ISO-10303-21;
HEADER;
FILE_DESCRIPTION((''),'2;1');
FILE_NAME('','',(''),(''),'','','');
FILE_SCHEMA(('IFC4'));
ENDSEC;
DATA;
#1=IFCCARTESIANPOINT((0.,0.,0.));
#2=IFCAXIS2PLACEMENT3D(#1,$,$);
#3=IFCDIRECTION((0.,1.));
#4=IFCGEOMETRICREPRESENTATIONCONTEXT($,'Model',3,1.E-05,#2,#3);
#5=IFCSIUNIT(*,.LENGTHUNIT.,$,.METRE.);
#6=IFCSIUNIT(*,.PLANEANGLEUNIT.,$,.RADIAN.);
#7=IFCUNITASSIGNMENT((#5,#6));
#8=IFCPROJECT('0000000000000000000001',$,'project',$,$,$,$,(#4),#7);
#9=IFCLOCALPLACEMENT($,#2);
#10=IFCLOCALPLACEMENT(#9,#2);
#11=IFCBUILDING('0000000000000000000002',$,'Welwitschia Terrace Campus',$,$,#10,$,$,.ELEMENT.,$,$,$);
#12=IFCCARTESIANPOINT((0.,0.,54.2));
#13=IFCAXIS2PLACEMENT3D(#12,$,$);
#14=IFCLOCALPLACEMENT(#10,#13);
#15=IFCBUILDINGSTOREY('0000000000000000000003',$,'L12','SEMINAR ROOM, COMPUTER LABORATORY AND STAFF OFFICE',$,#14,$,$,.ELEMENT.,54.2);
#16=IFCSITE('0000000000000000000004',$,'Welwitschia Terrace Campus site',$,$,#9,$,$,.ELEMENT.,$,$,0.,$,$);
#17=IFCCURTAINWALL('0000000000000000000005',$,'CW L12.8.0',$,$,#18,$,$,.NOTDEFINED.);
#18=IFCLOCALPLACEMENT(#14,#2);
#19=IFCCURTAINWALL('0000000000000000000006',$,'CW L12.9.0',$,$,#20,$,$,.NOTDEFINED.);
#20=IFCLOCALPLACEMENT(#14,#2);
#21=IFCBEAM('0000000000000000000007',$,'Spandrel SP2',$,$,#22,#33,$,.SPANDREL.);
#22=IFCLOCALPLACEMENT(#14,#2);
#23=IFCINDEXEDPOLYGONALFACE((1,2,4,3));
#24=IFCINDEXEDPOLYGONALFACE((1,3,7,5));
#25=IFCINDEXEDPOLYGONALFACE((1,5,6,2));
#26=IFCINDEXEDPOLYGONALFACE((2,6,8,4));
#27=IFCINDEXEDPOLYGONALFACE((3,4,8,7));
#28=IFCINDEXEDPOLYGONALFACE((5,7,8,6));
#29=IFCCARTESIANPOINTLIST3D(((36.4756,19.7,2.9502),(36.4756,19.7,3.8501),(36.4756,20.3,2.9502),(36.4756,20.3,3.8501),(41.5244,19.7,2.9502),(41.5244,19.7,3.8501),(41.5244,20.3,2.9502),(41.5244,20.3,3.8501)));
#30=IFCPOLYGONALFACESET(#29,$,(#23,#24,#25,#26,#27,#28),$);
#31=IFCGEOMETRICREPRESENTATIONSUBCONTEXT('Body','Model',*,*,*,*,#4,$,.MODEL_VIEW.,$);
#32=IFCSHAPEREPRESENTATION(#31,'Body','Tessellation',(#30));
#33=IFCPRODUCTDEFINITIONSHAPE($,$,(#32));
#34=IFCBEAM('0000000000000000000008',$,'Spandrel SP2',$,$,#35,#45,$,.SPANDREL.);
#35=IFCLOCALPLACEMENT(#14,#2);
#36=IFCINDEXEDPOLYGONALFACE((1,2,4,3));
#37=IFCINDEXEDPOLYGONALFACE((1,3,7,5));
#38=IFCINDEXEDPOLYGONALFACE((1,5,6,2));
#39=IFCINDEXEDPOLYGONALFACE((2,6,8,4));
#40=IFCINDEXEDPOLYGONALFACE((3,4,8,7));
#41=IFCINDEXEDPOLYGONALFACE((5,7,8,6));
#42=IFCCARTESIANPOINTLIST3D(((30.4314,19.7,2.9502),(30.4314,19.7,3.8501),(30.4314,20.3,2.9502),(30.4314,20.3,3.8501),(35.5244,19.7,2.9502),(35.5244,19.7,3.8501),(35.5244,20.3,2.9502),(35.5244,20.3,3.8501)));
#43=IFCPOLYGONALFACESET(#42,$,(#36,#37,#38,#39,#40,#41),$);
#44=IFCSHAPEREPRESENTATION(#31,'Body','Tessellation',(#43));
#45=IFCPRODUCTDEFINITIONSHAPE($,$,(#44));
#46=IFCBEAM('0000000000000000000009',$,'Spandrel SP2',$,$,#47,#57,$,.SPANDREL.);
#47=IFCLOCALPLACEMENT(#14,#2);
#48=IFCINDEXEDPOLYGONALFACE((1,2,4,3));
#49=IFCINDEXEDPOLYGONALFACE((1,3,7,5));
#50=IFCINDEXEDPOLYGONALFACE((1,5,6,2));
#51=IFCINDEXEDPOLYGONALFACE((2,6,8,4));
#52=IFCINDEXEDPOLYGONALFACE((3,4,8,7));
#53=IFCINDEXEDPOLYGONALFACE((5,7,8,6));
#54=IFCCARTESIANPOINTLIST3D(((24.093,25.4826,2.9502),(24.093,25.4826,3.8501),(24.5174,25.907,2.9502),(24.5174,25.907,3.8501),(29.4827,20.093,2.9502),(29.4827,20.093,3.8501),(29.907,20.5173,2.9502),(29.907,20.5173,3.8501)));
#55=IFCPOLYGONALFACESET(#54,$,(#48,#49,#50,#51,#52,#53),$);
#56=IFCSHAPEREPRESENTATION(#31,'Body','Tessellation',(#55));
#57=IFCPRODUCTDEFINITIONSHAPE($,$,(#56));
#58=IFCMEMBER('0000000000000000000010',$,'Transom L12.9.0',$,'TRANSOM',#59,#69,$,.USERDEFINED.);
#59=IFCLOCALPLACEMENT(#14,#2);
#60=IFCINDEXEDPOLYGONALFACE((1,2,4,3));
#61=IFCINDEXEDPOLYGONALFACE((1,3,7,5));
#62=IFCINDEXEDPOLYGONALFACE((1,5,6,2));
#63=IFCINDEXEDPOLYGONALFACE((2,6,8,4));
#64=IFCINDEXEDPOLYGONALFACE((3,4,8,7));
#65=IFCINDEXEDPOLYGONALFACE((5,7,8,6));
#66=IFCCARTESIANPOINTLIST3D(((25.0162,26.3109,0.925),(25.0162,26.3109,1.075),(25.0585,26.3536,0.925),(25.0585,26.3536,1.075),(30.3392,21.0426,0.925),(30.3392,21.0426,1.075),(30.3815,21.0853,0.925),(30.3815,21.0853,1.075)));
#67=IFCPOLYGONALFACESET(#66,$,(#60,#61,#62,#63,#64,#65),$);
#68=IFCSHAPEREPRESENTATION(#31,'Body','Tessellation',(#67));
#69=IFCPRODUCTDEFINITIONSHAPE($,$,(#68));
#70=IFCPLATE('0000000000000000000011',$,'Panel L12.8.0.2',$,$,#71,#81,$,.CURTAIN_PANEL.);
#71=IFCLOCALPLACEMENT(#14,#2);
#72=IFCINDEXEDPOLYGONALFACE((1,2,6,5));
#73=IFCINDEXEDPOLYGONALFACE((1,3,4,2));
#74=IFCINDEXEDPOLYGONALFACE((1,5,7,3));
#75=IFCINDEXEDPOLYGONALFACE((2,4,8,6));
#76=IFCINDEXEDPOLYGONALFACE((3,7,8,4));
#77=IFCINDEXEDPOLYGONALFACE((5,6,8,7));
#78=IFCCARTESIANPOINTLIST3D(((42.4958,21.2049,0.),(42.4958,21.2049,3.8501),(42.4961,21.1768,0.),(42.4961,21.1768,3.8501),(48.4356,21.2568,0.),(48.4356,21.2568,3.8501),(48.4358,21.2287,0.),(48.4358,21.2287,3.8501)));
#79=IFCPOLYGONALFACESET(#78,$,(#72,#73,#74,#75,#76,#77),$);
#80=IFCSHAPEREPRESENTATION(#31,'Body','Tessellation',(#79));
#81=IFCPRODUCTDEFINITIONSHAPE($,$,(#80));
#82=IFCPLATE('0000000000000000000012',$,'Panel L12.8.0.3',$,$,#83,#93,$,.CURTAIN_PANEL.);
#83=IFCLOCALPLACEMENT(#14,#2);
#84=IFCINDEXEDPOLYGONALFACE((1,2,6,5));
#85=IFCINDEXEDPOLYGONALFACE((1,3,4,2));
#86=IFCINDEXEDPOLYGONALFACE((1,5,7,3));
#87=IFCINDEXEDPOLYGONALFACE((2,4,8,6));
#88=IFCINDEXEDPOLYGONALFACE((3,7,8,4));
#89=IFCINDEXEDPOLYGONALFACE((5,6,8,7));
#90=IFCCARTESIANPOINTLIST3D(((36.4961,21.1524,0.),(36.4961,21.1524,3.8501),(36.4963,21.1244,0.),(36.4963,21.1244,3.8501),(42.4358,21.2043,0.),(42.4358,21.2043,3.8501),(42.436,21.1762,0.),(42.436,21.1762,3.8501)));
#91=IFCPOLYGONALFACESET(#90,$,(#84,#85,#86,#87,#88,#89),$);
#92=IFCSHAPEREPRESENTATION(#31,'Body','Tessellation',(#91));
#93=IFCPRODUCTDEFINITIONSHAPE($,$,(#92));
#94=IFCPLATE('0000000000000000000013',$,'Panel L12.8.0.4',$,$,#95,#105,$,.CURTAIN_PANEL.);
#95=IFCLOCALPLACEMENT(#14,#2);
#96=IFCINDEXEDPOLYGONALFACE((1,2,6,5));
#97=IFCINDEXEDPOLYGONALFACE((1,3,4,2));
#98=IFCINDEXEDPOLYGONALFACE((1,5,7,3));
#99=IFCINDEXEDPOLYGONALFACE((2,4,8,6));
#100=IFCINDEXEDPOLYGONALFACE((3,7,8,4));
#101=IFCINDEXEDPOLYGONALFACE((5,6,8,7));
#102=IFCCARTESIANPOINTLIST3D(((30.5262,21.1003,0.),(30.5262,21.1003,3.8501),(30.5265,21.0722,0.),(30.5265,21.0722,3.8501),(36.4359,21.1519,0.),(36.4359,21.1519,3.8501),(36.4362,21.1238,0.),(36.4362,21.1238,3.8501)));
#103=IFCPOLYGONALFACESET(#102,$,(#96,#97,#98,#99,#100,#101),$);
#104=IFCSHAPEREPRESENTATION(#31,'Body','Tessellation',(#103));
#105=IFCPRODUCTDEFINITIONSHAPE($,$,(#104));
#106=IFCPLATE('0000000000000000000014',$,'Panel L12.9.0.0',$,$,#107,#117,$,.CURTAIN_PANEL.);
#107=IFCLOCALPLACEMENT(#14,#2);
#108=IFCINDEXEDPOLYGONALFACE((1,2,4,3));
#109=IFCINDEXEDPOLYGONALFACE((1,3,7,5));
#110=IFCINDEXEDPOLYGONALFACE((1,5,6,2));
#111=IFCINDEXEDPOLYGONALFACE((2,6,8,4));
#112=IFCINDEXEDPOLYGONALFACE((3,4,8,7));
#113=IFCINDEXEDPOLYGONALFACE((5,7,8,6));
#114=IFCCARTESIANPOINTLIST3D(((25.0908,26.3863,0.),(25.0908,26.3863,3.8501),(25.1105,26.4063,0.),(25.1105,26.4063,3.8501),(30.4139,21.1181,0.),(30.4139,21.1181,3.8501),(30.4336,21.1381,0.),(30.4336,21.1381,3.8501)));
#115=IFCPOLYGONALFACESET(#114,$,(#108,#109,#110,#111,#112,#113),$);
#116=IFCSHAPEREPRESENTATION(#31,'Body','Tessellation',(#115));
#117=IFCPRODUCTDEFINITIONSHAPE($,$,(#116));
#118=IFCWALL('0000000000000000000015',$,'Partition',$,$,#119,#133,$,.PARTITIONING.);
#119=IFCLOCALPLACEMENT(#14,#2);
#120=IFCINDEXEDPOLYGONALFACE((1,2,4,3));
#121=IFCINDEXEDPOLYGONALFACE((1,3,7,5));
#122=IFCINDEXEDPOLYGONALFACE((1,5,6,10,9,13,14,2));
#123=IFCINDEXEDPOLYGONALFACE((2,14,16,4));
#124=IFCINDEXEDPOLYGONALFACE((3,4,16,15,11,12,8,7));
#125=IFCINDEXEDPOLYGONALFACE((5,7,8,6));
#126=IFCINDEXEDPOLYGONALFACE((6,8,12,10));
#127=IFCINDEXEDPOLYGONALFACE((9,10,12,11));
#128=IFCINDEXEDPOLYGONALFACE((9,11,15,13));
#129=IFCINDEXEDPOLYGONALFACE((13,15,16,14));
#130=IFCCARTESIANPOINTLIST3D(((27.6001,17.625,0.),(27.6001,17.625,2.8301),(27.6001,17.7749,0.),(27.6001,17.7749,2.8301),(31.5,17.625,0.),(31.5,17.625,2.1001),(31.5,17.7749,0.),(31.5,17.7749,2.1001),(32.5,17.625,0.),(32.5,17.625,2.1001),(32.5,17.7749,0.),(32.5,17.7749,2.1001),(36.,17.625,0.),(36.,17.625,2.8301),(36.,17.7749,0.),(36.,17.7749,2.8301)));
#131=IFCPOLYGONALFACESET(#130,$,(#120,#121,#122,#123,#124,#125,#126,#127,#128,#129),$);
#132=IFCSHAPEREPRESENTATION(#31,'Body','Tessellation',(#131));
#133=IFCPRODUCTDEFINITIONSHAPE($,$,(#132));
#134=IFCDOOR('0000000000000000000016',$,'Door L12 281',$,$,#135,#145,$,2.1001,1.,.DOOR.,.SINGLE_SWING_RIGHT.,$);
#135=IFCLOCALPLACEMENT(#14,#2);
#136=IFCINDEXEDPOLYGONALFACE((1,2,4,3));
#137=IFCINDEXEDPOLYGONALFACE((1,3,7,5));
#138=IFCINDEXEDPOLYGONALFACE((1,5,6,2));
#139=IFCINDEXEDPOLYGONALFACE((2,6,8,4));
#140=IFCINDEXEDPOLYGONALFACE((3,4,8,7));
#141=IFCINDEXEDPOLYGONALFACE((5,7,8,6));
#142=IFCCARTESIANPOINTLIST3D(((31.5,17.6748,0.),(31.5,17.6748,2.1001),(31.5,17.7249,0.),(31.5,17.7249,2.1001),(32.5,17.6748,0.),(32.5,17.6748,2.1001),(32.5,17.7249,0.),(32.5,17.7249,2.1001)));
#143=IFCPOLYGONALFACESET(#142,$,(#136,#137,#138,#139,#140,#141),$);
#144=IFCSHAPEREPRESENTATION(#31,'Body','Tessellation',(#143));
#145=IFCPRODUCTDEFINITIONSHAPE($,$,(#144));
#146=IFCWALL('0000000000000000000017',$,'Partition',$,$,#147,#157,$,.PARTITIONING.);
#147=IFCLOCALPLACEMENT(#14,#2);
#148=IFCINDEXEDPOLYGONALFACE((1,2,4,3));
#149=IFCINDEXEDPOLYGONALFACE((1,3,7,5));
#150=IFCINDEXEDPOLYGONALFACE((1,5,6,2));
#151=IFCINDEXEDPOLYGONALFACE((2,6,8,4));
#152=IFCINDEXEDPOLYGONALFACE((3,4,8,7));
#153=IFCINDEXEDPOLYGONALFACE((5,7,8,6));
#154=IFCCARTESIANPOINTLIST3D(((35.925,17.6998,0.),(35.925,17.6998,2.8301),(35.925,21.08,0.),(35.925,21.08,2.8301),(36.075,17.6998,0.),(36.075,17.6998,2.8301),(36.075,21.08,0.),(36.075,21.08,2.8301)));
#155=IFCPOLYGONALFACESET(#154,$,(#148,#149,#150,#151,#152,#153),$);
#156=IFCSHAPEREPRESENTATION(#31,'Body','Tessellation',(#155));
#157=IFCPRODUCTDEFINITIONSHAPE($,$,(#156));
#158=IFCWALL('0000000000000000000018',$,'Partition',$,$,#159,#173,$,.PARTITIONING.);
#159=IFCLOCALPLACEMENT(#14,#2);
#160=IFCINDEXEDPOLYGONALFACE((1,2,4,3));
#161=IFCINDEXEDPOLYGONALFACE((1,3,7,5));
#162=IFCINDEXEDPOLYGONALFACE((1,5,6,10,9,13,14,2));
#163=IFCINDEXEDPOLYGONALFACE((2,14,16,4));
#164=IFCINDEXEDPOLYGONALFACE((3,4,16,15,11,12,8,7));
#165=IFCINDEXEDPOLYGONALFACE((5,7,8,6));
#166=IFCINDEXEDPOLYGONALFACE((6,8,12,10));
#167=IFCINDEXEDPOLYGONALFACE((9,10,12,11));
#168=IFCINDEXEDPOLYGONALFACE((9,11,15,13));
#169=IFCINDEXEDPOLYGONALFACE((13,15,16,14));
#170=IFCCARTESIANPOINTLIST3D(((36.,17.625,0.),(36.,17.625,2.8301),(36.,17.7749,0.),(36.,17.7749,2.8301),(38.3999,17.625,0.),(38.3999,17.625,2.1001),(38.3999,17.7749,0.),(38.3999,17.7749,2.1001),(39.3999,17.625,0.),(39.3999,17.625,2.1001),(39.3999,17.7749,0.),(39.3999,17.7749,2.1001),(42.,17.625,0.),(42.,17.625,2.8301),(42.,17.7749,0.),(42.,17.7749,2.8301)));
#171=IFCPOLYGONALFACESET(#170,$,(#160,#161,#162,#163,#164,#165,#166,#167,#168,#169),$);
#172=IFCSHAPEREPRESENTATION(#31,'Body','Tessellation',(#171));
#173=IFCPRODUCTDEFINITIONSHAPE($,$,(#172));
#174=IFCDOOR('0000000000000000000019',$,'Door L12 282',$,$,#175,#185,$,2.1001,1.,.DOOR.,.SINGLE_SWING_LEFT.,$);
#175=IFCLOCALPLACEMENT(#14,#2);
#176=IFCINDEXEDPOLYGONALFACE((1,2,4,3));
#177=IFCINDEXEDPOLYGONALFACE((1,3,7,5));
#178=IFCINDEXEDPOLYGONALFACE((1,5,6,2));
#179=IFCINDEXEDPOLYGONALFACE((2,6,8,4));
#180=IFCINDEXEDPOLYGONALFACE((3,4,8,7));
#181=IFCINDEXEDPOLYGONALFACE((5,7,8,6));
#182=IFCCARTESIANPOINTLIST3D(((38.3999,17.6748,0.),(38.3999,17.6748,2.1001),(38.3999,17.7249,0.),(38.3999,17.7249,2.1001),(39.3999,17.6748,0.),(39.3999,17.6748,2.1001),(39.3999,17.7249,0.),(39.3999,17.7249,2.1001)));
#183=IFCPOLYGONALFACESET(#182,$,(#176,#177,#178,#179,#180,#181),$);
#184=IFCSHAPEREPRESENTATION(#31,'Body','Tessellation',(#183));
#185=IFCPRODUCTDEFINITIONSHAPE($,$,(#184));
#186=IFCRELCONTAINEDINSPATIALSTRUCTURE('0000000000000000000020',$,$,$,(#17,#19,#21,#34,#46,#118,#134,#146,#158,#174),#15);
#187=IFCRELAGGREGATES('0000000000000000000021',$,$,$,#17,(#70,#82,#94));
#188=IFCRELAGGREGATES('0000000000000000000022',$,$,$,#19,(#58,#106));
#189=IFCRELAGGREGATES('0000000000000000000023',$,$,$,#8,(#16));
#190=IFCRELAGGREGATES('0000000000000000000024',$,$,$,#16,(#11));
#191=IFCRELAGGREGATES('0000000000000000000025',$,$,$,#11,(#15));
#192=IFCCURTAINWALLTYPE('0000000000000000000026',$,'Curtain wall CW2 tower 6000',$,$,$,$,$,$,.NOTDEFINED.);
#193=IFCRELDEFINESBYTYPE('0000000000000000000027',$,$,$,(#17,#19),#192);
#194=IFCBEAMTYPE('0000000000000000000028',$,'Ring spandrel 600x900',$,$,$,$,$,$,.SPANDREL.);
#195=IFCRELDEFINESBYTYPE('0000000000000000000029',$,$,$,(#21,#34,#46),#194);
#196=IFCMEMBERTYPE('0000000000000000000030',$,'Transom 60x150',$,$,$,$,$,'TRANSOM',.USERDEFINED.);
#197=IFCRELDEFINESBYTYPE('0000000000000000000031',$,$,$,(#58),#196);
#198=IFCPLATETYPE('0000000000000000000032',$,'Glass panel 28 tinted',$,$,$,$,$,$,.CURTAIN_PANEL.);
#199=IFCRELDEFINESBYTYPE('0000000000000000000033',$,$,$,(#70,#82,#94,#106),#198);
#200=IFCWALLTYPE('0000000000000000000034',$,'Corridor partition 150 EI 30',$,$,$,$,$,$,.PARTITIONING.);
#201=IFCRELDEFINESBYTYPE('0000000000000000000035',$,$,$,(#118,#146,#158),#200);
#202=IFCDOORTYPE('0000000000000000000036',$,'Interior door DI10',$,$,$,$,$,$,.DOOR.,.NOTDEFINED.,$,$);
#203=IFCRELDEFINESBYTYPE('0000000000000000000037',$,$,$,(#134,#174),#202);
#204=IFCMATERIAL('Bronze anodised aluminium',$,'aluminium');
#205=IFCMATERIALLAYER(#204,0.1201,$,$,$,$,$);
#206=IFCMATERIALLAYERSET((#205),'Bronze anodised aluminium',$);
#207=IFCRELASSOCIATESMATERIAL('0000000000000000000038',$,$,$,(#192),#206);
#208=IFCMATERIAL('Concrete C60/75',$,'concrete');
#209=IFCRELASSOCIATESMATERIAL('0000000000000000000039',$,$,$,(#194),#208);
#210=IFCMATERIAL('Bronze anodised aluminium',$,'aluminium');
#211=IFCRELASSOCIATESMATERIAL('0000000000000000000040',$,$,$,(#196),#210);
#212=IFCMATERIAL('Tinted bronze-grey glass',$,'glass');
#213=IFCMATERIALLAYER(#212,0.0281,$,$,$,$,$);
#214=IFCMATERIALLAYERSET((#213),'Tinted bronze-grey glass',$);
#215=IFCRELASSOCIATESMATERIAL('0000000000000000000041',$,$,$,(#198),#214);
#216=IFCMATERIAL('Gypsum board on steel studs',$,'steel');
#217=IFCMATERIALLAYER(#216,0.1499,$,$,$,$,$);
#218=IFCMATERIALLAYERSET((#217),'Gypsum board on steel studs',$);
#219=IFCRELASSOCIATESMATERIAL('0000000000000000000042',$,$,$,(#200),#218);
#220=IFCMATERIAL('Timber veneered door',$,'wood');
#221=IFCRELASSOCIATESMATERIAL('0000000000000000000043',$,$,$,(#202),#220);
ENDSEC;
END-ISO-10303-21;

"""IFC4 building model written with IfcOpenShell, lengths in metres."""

from ifc_helpers import new_model, si_unit, direction, frame, frame_2d, origin, origin_2d, place, context, subcontext, project, spatial, rectangle, extrude, material, layer, layer_set, material_profile, profile_set, type_object, element, fill, aggregate, save


model = new_model("IFC4")

# Units and contexts
model_context = context("Model", 3, precision=1e-05, world=origin(), true_north=direction((0.0, 1.0)))
body_context = subcontext(model_context, "Body", "Model", "MODEL_VIEW")
ifc_project = project(units=[si_unit("LENGTHUNIT", "METRE"), si_unit("PLANEANGLEUNIT", "RADIAN")], contexts=[model_context])

# Site, building, storey
site_placement = place(None, origin())
site = spatial("IfcSite", under=ifc_project, at=site_placement, Name="Welwitschia Terrace Campus site", CompositionType="ELEMENT", RefElevation=0.0)
building_placement = place(site_placement, origin())
building = spatial("IfcBuilding", under=site, at=building_placement, Name="Welwitschia Terrace Campus", CompositionType="ELEMENT")
storey_placement = place(building_placement, frame((0.0, 0.0, 54.2)))
storey = spatial("IfcBuildingStorey", under=building, at=storey_placement, Name="L12", Description="SEMINAR ROOM, COMPUTER LABORATORY AND STAFF OFFICE", CompositionType="ELEMENT", Elevation=54.2)

# Curtain wall
ifc_material_1 = material(Name="Bronze anodised aluminium", Category="aluminium")
ifc_layer_1 = layer(ifc_material_1, 0.1201)
ifc_layer_set_1 = layer_set([ifc_layer_1], Name="Bronze anodised aluminium")
curtain_wall_type = type_object("IfcCurtainWallType", Name="Curtain wall CW2 tower 6000", PredefinedType="NOTDEFINED", material=ifc_layer_set_1)
curtain_wall_1_placement = place(storey_placement, origin())
curtain_wall_1 = element("IfcCurtainWall", 1, at=curtain_wall_1_placement, inside=storey, type_object=curtain_wall_type, Name="CW L12.8.0", PredefinedType="NOTDEFINED")

# Curtain wall
curtain_wall_2_placement = place(storey_placement, origin())
curtain_wall_2 = element("IfcCurtainWall", 2, at=curtain_wall_2_placement, inside=storey, type_object=curtain_wall_type, Name="CW L12.9.0", PredefinedType="NOTDEFINED")

# Beams
ifc_material_2 = material(Name="Concrete C60/75", Category="concrete")
ifc_material_profile_1 = material_profile(ifc_material_2, rectangle(XDim=0.6001, YDim=0.8999, at=origin_2d()))
ifc_profile_set_1 = profile_set([ifc_material_profile_1], Name="Concrete C60/75")
beam_type_1 = type_object("IfcBeamType", Name="Ring spandrel 600x900", PredefinedType="SPANDREL", material=ifc_profile_set_1)
for number, where, z_axis, x_axis, name in (
    (3, (41.5244, 20.0, 3.4001), (-1.0, 0.0, 0.0), (0.0, -1.0, 0.0), "Spandrel SP2"),
):
    element("IfcBeam", number, at=place(storey_placement, frame(where, z_axis=z_axis, x_axis=x_axis)), inside=storey, type_object=beam_type_1, Name=name, PredefinedType="SPANDREL", context=body_context, shape_type="SweptSolid", body=[
        extrude(rectangle(XDim=0.6001, YDim=0.8999, at=origin_2d()), origin(), (0.0, 0.0, 1.0), 5.0488),
    ])
beam_1_placement = place(storey_placement, frame((35.5244, 20.0, 3.4001), z_axis=(-1.0, 0.0, 0.0), x_axis=(0.0, -1.0, 0.0)))
element("IfcBeam", 4, at=beam_1_placement, inside=storey, type_object=beam_type_1, Name="Spandrel SP2", PredefinedType="SPANDREL", context=body_context, shape_type="SweptSolid", body=[
    extrude(rectangle(XDim=0.6001, YDim=0.8999, at=origin_2d()), origin(), (0.0, 0.0, 1.0), 5.093),
])
beam_2_placement = place(storey_placement, frame((29.6948, 20.3052, 3.4001), z_axis=(-0.707107, 0.707107, 0.0), x_axis=(-0.707107, -0.707107, 0.0)))
element("IfcBeam", 5, at=beam_2_placement, inside=storey, type_object=beam_type_1, Name="Spandrel SP2", PredefinedType="SPANDREL", context=body_context, shape_type="SweptSolid", body=[
    extrude(rectangle(XDim=0.6001, YDim=0.8999, at=origin_2d()), origin(), (0.0, 0.0, 1.0), 7.6221),
])

# Member
ifc_material_3 = material(Name="Bronze anodised aluminium", Category="aluminium")
ifc_material_profile_2 = material_profile(ifc_material_3, rectangle(XDim=0.0601, YDim=0.1499, at=origin_2d()))
ifc_profile_set_2 = profile_set([ifc_material_profile_2], Name="Bronze anodised aluminium")
member_type_1 = type_object("IfcMemberType", Name="Transom 60x150", ElementType="TRANSOM", PredefinedType="USERDEFINED", material=ifc_profile_set_2)
member_1_placement = place(storey_placement, frame((30.3604, 21.064, 1.0), z_axis=(-0.710748, 0.703446, 0.0), x_axis=(-0.703446, -0.710748, 0.0)))
member_1 = element("IfcMember", 6, at=member_1_placement, type_object=member_type_1, Name="Transom L12.9.0", ObjectType="TRANSOM", PredefinedType="USERDEFINED", context=body_context, shape_type="SweptSolid", body=[
    extrude(rectangle(XDim=0.0601, YDim=0.1499, at=origin_2d()), origin(), (0.0, 0.0, 1.0), 7.4893),
])

# Plates
ifc_material_4 = material(Name="Tinted bronze-grey glass", Category="glass")
ifc_layer_2 = layer(ifc_material_4, 0.0281)
ifc_layer_set_2 = layer_set([ifc_layer_2], Name="Tinted bronze-grey glass")
plate_type = type_object("IfcPlateType", Name="Glass panel 28 tinted", PredefinedType="CURTAIN_PANEL", material=ifc_layer_set_2)
plate_1_placement = place(storey_placement, frame((45.4658, 21.2168, 0.0), z_axis=(0.0, 0.0, 1.0), x_axis=(-0.999962, -0.008727, 0.0)))
plate_1 = element("IfcPlate", 7, at=plate_1_placement, type_object=plate_type, Name="Panel L12.8.0.2", PredefinedType="CURTAIN_PANEL", context=body_context, shape_type="SweptSolid", body=[
    extrude(rectangle(XDim=5.9399, YDim=0.0281, at=origin_2d()), origin(), (0.0, 0.0, 1.0), 3.8501),
])
plate_2_placement = place(storey_placement, frame((39.4661, 21.1643, 0.0), z_axis=(0.0, 0.0, 1.0), x_axis=(-0.999962, -0.008727, 0.0)))
plate_2 = element("IfcPlate", 8, at=plate_2_placement, type_object=plate_type, Name="Panel L12.8.0.3", PredefinedType="CURTAIN_PANEL", context=body_context, shape_type="SweptSolid", body=[
    extrude(rectangle(XDim=5.9399, YDim=0.0281, at=origin_2d()), origin(), (0.0, 0.0, 1.0), 3.8501),
])
plate_3_placement = place(storey_placement, frame((33.4812, 21.1121, 0.0), z_axis=(0.0, 0.0, 1.0), x_axis=(-0.999962, -0.008727, 0.0)))
plate_3 = element("IfcPlate", 9, at=plate_3_placement, type_object=plate_type, Name="Panel L12.8.0.4", PredefinedType="CURTAIN_PANEL", context=body_context, shape_type="SweptSolid", body=[
    extrude(rectangle(XDim=5.9099, YDim=0.0281, at=origin_2d()), origin(), (0.0, 0.0, 1.0), 3.8501),
])
aggregate(curtain_wall_1, [plate_1, plate_2, plate_3])
plate_4_placement = place(storey_placement, frame((27.7622, 23.7622, 0.0), z_axis=(0.0, 0.0, 1.0), x_axis=(-0.710762, 0.703433, 0.0)))
plate_4 = element("IfcPlate", 10, at=plate_4_placement, type_object=plate_type, Name="Panel L12.9.0.0", PredefinedType="CURTAIN_PANEL", context=body_context, shape_type="SweptSolid", body=[
    extrude(rectangle(XDim=7.4893, YDim=0.0281, at=origin_2d()), origin(), (0.0, 0.0, 1.0), 3.8501),
])
aggregate(curtain_wall_2, [member_1, plate_4])

# Wall, opening, door
ifc_material_5 = material(Name="Gypsum board on steel studs", Category="steel")
ifc_layer_3 = layer(ifc_material_5, 0.1499)
ifc_layer_set_3 = layer_set([ifc_layer_3], Name="Gypsum board on steel studs")
wall_type = type_object("IfcWallType", Name="Corridor partition 150 EI 30", PredefinedType="PARTITIONING", material=ifc_layer_set_3)
wall_1_placement = place(storey_placement, frame((27.6001, 17.7, 0.0), z_axis=(0.0, 0.0, 1.0), x_axis=(1.0, 0.0, 0.0)))
wall_1 = element("IfcWall", 11, at=wall_1_placement, inside=storey, type_object=wall_type, Name="Partition", PredefinedType="PARTITIONING", context=body_context, shape_type="SweptSolid", body=[
    extrude(rectangle(XDim=8.3999, YDim=0.1499, at=frame_2d((4.2, 0.0))), origin(), (0.0, 0.0, 1.0), 2.8301),
])
opening_1_placement = place(wall_1_placement, frame((3.8999, 0.0, 0.0)))
opening_1 = element("IfcOpeningElement", 12, at=opening_1_placement, cuts=wall_1, PredefinedType="OPENING", context=body_context, shape_type="SweptSolid", body=[
    extrude(rectangle(XDim=1.0, YDim=2.1001, at=frame_2d((0.5, 1.05))), frame((0.0, 0.085, 0.0), z_axis=(0.0, -1.0, 0.0), x_axis=(1.0, 0.0, 0.0)), (0.0, 0.0, 1.0), 0.1699),
])
ifc_material_6 = material(Name="Timber veneered door", Category="wood")
door_type_1 = type_object("IfcDoorType", Name="Interior door DI10", OperationType="NOTDEFINED", PredefinedType="DOOR", material=ifc_material_6)
door_1_placement = place(opening_1_placement, origin())
door_1 = element("IfcDoor", 13, at=door_1_placement, inside=storey, type_object=door_type_1, Name="Door L12 281", OperationType="SINGLE_SWING_RIGHT", OverallHeight=2.1001, OverallWidth=1.0, PredefinedType="DOOR", context=body_context, shape_type="SweptSolid", body=[
    extrude(rectangle(XDim=1.0, YDim=2.1001, at=frame_2d((0.5, 1.05))), frame((0.0, 0.0249, 0.0), z_axis=(0.0, -1.0, 0.0), x_axis=(1.0, 0.0, 0.0)), (0.0, 0.0, 1.0), 0.05),
])
fill(opening_1, door_1)

# Wall
wall_2_placement = place(storey_placement, frame((36.0, 17.7, 0.0), z_axis=(0.0, 0.0, 1.0), x_axis=(0.0, 1.0, 0.0)))
element("IfcWall", 14, at=wall_2_placement, inside=storey, type_object=wall_type, Name="Partition", PredefinedType="PARTITIONING", context=body_context, shape_type="SweptSolid", body=[
    extrude(rectangle(XDim=3.3801, YDim=0.1499, at=frame_2d((1.6899, 0.0))), origin(), (0.0, 0.0, 1.0), 2.8301),
])

# Wall, opening, door
wall_3_placement = place(storey_placement, frame((36.0, 17.7, 0.0), z_axis=(0.0, 0.0, 1.0), x_axis=(1.0, 0.0, 0.0)))
wall_3 = element("IfcWall", 15, at=wall_3_placement, inside=storey, type_object=wall_type, Name="Partition", PredefinedType="PARTITIONING", context=body_context, shape_type="SweptSolid", body=[
    extrude(rectangle(XDim=6.0, YDim=0.1499, at=frame_2d((3.0, 0.0))), origin(), (0.0, 0.0, 1.0), 2.8301),
])
opening_2_placement = place(wall_3_placement, frame((2.3999, 0.0, 0.0)))
opening_2 = element("IfcOpeningElement", 16, at=opening_2_placement, cuts=wall_3, PredefinedType="OPENING", context=body_context, shape_type="SweptSolid", body=[
    extrude(rectangle(XDim=1.0, YDim=2.1001, at=frame_2d((0.5, 1.05))), frame((0.0, 0.085, 0.0), z_axis=(0.0, -1.0, 0.0), x_axis=(1.0, 0.0, 0.0)), (0.0, 0.0, 1.0), 0.1699),
])
door_2_placement = place(opening_2_placement, origin())
door_2 = element("IfcDoor", 17, at=door_2_placement, inside=storey, type_object=door_type_1, Name="Door L12 282", OperationType="SINGLE_SWING_LEFT", OverallHeight=2.1001, OverallWidth=1.0, PredefinedType="DOOR", context=body_context, shape_type="SweptSolid", body=[
    extrude(rectangle(XDim=1.0, YDim=2.1001, at=frame_2d((0.5, 1.05))), frame((0.0, 0.0249, 0.0), z_axis=(0.0, -1.0, 0.0), x_axis=(1.0, 0.0, 0.0)), (0.0, 0.0, 1.0), 0.05),
])
fill(opening_2, door_2)

save(model, "model.ifc")
